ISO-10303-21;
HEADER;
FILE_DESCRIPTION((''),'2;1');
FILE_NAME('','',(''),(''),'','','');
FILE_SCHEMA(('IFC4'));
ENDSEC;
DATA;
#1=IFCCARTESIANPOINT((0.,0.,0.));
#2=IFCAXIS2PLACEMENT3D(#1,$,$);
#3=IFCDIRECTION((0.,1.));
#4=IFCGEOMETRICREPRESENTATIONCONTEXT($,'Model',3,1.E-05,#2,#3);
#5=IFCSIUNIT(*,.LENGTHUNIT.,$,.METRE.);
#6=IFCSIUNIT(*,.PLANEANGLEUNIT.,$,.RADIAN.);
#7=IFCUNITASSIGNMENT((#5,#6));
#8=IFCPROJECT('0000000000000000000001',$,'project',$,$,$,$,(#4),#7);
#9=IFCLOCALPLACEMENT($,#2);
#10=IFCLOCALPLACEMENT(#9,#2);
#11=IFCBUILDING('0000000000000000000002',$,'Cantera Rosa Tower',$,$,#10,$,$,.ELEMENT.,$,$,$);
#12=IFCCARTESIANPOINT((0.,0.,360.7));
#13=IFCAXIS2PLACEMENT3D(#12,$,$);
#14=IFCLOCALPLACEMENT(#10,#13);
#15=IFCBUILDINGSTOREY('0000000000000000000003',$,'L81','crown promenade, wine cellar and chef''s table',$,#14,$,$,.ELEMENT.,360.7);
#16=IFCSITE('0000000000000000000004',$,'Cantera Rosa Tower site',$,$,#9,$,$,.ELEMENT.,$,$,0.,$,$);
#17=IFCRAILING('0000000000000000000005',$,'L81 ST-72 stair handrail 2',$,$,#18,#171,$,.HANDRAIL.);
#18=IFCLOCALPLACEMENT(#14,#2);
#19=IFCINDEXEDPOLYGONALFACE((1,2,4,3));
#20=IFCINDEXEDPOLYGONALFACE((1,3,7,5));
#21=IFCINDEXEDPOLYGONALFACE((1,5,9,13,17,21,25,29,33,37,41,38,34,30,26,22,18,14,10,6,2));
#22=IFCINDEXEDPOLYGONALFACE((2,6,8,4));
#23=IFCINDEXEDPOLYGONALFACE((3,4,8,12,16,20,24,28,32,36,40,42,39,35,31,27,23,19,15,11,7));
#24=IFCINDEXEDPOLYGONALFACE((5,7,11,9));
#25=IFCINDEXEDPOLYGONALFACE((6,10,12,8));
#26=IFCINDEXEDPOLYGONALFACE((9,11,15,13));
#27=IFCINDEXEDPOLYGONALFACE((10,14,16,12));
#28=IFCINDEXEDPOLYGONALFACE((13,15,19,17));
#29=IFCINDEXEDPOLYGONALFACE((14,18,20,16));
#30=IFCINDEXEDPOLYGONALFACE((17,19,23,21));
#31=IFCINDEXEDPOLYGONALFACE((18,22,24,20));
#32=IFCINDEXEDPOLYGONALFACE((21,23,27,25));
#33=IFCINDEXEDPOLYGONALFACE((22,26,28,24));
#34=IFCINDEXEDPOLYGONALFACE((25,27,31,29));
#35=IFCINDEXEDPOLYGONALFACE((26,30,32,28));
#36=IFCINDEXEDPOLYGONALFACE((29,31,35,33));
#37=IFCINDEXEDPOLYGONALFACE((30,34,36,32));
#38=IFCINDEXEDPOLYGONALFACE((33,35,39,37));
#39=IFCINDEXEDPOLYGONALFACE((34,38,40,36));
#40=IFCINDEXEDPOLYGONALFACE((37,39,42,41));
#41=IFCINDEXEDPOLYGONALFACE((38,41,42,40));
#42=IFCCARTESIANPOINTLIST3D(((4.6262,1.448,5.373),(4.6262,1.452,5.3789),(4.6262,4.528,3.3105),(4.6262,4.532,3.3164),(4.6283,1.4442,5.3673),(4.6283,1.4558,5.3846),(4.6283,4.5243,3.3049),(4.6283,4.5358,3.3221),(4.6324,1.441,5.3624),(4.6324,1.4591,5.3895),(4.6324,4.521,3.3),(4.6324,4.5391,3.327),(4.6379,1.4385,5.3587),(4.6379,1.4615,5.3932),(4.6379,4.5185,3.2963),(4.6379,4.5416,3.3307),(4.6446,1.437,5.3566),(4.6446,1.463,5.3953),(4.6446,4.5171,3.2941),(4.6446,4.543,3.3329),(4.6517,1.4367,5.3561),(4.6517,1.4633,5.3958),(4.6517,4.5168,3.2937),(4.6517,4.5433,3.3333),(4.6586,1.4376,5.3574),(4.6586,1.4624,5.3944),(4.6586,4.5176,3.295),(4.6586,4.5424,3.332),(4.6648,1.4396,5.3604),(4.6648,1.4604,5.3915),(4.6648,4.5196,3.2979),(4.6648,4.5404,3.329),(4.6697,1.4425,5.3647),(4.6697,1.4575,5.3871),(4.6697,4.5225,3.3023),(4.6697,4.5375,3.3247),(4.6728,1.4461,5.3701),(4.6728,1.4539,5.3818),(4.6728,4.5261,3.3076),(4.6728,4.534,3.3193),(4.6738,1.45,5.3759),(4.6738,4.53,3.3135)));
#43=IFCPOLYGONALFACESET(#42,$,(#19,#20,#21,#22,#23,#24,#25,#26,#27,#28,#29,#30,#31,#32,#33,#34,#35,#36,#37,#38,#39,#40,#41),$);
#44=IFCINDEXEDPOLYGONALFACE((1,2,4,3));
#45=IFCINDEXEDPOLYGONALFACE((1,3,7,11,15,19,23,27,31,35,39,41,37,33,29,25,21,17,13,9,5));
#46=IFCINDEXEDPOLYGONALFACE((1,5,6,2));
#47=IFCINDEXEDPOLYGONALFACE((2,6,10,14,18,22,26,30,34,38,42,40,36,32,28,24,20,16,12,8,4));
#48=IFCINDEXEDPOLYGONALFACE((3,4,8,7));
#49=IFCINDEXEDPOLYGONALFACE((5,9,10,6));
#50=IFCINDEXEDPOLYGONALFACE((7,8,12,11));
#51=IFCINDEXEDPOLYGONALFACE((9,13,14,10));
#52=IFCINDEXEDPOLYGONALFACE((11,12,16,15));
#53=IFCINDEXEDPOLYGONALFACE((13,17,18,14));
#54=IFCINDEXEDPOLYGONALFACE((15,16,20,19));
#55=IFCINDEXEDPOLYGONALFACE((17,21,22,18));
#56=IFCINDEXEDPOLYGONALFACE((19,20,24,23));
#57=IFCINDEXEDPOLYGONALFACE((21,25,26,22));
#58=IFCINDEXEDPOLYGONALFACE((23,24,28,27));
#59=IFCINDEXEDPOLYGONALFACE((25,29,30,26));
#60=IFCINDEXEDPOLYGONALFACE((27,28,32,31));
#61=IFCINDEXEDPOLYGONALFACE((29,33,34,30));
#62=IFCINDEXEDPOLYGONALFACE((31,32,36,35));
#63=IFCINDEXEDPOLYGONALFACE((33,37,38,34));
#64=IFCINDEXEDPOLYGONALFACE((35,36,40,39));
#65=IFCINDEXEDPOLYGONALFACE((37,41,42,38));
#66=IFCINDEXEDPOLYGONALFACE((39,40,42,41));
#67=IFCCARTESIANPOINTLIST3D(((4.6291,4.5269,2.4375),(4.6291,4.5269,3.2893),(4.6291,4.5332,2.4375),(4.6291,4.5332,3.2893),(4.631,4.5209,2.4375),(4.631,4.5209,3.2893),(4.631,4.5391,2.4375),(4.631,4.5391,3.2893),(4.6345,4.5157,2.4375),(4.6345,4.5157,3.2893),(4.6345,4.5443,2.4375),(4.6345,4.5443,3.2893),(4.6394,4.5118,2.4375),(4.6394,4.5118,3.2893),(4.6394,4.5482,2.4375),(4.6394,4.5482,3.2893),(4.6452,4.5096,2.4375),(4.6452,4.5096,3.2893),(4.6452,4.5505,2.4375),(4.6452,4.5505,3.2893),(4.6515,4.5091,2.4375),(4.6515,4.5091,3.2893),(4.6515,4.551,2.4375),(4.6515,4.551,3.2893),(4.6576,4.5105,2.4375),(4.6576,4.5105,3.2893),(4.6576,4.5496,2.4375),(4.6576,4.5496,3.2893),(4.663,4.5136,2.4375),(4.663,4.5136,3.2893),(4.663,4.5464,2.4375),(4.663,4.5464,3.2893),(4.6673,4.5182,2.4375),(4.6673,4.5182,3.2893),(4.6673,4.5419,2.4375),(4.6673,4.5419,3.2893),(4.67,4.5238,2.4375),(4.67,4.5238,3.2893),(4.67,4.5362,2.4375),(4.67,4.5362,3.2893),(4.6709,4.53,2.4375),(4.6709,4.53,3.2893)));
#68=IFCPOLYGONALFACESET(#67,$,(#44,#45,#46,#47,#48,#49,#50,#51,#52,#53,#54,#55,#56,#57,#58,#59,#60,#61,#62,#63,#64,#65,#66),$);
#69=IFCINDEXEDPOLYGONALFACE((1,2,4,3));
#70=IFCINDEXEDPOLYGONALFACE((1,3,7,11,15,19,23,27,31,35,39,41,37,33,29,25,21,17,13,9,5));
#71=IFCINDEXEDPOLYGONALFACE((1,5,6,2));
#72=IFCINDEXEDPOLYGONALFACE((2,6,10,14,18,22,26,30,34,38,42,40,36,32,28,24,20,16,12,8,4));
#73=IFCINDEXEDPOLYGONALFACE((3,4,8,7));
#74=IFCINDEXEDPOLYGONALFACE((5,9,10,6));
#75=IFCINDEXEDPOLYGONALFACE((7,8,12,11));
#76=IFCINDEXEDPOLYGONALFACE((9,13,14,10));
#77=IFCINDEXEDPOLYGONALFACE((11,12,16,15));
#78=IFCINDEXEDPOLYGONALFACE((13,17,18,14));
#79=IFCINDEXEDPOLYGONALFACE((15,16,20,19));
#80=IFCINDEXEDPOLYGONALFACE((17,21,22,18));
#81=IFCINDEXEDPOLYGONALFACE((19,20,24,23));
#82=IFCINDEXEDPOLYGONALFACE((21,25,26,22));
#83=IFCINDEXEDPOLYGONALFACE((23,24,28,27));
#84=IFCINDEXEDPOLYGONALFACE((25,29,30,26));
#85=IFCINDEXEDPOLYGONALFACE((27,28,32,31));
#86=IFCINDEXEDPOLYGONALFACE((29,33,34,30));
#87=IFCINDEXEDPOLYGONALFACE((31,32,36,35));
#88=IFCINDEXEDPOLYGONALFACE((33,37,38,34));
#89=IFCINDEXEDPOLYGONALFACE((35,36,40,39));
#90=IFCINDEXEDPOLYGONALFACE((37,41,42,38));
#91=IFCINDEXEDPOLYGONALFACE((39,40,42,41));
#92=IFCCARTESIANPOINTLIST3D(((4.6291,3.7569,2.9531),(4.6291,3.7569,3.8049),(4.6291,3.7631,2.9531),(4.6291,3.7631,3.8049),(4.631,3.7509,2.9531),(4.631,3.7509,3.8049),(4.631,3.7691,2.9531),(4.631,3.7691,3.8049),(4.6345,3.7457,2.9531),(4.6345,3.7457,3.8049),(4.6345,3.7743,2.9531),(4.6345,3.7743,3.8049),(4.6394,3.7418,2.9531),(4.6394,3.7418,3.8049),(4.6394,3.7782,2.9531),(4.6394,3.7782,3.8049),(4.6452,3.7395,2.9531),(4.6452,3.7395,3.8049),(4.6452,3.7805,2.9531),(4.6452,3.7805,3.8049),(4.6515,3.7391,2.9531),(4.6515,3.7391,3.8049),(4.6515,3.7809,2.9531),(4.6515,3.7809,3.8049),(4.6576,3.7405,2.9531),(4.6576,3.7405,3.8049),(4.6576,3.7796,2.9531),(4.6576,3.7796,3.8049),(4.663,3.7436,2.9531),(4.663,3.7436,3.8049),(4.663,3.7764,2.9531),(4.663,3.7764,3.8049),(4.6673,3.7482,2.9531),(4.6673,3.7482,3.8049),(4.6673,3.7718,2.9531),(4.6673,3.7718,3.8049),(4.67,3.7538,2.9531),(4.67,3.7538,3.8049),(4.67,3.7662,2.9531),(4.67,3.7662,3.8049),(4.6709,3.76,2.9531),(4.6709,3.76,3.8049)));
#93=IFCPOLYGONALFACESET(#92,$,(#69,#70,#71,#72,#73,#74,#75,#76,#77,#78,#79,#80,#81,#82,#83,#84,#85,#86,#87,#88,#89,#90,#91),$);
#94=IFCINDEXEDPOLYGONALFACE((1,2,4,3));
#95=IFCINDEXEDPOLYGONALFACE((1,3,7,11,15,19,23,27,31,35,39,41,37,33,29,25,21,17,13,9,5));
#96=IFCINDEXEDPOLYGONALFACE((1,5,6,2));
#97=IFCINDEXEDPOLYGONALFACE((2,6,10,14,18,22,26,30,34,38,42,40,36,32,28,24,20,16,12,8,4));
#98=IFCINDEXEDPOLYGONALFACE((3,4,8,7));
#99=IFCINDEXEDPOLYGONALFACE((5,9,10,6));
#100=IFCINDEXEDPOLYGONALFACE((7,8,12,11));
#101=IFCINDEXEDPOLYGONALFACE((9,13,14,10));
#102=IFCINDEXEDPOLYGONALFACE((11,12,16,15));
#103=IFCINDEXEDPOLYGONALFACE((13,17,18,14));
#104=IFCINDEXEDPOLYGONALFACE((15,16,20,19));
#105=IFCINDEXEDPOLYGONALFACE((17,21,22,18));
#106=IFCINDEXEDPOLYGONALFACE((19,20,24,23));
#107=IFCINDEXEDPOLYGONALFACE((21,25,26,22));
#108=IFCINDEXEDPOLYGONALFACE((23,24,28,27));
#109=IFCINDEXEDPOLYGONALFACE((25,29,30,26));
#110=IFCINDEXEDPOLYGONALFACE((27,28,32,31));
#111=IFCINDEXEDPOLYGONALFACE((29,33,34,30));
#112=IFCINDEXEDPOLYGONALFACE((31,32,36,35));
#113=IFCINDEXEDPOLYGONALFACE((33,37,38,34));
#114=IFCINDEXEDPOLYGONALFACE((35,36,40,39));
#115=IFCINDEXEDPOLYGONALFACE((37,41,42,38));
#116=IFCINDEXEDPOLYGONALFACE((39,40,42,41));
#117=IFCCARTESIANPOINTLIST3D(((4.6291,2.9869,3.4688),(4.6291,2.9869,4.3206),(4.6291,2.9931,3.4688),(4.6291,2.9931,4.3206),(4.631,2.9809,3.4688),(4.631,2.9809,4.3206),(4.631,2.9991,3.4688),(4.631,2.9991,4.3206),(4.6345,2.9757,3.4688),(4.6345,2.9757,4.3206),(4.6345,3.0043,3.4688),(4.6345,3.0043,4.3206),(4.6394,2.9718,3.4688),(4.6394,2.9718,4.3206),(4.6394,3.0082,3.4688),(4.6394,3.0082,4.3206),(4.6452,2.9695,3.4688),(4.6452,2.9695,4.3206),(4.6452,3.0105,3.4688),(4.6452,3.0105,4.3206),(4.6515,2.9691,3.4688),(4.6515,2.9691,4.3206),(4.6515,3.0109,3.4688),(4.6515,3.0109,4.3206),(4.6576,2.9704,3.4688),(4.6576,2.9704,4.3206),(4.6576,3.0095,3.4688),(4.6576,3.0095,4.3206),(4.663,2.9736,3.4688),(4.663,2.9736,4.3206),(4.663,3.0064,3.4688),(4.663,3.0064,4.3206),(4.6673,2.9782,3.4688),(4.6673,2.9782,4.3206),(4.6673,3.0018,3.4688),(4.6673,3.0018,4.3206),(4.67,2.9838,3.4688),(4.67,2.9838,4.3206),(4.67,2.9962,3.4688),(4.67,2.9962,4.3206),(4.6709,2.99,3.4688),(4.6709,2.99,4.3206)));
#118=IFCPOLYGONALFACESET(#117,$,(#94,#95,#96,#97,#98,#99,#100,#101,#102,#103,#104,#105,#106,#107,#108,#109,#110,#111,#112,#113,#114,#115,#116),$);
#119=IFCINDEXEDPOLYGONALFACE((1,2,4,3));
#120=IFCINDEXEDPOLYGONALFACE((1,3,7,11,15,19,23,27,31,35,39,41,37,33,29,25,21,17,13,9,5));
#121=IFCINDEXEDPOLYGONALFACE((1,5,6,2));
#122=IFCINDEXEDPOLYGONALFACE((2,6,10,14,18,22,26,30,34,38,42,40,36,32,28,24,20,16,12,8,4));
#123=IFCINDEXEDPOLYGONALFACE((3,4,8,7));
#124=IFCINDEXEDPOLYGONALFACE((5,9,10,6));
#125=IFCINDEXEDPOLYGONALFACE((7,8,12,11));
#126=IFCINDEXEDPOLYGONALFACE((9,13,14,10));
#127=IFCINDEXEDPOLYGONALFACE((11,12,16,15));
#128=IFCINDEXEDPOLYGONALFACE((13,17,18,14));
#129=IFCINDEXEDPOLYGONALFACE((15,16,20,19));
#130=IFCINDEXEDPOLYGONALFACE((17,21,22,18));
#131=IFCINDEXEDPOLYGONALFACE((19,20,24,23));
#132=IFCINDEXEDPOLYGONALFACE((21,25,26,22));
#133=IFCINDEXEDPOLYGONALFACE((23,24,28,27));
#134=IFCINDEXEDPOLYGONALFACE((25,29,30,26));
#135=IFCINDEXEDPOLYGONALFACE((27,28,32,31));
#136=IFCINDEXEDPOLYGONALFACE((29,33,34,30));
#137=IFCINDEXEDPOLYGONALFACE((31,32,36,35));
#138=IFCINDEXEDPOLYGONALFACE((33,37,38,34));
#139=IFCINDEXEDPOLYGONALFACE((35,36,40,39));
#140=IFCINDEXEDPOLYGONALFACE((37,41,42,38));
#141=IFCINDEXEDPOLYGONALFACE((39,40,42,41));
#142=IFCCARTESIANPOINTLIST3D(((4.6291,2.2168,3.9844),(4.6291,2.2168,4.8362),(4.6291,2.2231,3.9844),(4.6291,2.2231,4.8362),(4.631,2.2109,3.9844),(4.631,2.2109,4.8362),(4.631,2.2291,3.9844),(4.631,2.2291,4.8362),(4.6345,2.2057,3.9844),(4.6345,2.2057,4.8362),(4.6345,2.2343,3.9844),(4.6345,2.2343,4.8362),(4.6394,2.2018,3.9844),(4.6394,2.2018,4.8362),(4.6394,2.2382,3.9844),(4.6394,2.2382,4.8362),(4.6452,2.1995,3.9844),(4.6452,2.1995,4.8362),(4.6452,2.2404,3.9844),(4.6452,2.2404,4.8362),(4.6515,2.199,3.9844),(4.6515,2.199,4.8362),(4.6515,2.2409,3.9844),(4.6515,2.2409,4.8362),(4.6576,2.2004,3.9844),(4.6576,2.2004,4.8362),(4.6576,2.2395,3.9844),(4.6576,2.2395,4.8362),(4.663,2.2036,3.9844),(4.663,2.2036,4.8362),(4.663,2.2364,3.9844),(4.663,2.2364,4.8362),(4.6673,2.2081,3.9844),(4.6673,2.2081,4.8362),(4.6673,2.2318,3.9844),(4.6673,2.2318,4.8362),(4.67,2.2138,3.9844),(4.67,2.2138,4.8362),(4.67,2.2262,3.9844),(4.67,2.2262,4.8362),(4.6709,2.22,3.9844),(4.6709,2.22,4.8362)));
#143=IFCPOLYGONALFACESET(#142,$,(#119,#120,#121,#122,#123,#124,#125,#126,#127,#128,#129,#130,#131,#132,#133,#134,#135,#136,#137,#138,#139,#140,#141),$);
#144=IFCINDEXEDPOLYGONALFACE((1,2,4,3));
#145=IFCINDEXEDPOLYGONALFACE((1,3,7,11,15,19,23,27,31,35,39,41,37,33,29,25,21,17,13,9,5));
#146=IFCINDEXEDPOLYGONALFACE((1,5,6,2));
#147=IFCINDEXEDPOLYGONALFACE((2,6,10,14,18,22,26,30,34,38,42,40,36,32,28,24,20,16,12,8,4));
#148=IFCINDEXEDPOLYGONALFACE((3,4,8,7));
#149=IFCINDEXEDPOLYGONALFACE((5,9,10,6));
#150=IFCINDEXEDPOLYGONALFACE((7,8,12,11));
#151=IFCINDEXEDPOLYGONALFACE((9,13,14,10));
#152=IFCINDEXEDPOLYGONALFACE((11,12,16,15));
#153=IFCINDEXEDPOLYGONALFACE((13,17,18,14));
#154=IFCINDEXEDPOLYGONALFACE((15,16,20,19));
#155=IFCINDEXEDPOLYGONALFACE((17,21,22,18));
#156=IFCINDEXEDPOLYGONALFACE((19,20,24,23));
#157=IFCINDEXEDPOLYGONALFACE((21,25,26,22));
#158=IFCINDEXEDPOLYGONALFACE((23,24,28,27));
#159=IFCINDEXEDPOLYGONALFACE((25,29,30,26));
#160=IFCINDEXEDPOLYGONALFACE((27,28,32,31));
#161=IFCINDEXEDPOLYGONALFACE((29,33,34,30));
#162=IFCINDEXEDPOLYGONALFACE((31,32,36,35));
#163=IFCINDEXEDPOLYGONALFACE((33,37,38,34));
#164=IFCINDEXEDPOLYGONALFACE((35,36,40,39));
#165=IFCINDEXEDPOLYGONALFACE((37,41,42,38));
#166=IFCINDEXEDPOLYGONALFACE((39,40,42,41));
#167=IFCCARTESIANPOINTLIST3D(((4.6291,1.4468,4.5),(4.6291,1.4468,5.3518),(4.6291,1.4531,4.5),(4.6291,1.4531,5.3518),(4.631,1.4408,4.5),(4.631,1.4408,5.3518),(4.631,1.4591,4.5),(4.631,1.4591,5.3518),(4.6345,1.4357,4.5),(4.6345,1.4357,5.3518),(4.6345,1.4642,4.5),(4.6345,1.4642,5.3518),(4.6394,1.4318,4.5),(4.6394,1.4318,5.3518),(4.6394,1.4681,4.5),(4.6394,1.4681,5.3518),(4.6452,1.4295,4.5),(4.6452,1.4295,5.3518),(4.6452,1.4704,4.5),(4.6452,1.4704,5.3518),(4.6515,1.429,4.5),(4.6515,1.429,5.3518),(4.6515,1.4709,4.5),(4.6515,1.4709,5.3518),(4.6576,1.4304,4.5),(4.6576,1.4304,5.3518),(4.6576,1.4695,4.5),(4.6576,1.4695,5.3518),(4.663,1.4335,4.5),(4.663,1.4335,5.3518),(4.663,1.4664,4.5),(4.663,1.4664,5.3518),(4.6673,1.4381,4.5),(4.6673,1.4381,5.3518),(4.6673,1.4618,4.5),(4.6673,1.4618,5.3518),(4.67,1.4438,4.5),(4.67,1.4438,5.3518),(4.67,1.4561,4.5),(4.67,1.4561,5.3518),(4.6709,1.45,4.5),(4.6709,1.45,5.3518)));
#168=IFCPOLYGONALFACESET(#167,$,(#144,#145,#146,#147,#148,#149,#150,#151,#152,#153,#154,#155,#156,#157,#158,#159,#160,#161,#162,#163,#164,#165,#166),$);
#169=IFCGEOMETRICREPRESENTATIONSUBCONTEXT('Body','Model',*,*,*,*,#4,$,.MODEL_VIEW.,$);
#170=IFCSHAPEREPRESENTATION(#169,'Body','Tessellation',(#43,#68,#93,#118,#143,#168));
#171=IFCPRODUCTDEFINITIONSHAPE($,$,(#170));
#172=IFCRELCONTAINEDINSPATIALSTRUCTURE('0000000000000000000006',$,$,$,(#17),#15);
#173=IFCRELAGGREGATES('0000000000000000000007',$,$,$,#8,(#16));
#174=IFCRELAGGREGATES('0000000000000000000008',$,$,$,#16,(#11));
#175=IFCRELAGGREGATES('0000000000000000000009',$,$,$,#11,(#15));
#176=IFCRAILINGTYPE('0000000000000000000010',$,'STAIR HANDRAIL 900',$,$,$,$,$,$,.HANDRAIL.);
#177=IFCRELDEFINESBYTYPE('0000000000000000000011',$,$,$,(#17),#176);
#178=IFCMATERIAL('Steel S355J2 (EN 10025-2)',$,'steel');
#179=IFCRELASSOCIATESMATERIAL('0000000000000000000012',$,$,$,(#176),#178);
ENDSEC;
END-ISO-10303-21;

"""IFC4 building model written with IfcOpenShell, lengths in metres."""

from ifc_helpers import new_model, si_unit, direction, frame, origin, origin_2d, place, context, subcontext, project, spatial, circle, extrude, material, type_object, element, save


model = new_model("IFC4")

# Units and contexts
model_context = context("Model", 3, precision=1e-05, world=origin(), true_north=direction((0.0, 1.0)))
body_context = subcontext(model_context, "Body", "Model", "MODEL_VIEW")
ifc_project = project(units=[si_unit("LENGTHUNIT", "METRE"), si_unit("PLANEANGLEUNIT", "RADIAN")], contexts=[model_context])

# Site, building, storey
site_placement = place(None, origin())
site = spatial("IfcSite", under=ifc_project, at=site_placement, Name="Cantera Rosa Tower site", CompositionType="ELEMENT", RefElevation=0.0)
building_placement = place(site_placement, origin())
building = spatial("IfcBuilding", under=site, at=building_placement, Name="Cantera Rosa Tower", CompositionType="ELEMENT")
storey_placement = place(building_placement, frame((0.0, 0.0, 360.7)))
storey = spatial("IfcBuildingStorey", under=building, at=storey_placement, Name="L81", Description="crown promenade, wine cellar and chef's table", CompositionType="ELEMENT", Elevation=360.7)

# Railing
ifc_material_1 = material(Name="Steel S355J2 (EN 10025-2)", Category="steel")
railing_type_1 = type_object("IfcRailingType", Name="STAIR HANDRAIL 900", PredefinedType="HANDRAIL", material=ifc_material_1)
railing_1_placement = place(storey_placement, frame((4.6499, 4.53, 2.4375)))
element("IfcRailing", 1, at=railing_1_placement, inside=storey, type_object=railing_type_1, Name="L81 ST-72 stair handrail 2", PredefinedType="HANDRAIL", context=body_context, shape_type="SweptSolid", body=[
    extrude(circle(Radius=0.0239, at=origin_2d()), frame((0.0, 0.0, 0.876), z_axis=(0.0, -0.830914, 0.556401), x_axis=(1.0, 0.0, 0.0)), (0.0, 0.0, 1.0), 3.7068),
    extrude(circle(Radius=0.021, at=origin_2d()), origin(), (0.0, 0.0, 1.0), 0.8518),
    extrude(circle(Radius=0.021, at=origin_2d()), frame((0.0, -0.77, 0.5156)), (0.0, 0.0, 1.0), 0.8518),
    extrude(circle(Radius=0.021, at=origin_2d()), frame((0.0, -1.54, 1.0312)), (0.0, 0.0, 1.0), 0.8518),
    extrude(circle(Radius=0.021, at=origin_2d()), frame((0.0, -2.3101, 1.5469)), (0.0, 0.0, 1.0), 0.8518),
    extrude(circle(Radius=0.021, at=origin_2d()), frame((0.0, -3.0801, 2.0625)), (0.0, 0.0, 1.0), 0.8518),
])

save(model, "model.ifc")
